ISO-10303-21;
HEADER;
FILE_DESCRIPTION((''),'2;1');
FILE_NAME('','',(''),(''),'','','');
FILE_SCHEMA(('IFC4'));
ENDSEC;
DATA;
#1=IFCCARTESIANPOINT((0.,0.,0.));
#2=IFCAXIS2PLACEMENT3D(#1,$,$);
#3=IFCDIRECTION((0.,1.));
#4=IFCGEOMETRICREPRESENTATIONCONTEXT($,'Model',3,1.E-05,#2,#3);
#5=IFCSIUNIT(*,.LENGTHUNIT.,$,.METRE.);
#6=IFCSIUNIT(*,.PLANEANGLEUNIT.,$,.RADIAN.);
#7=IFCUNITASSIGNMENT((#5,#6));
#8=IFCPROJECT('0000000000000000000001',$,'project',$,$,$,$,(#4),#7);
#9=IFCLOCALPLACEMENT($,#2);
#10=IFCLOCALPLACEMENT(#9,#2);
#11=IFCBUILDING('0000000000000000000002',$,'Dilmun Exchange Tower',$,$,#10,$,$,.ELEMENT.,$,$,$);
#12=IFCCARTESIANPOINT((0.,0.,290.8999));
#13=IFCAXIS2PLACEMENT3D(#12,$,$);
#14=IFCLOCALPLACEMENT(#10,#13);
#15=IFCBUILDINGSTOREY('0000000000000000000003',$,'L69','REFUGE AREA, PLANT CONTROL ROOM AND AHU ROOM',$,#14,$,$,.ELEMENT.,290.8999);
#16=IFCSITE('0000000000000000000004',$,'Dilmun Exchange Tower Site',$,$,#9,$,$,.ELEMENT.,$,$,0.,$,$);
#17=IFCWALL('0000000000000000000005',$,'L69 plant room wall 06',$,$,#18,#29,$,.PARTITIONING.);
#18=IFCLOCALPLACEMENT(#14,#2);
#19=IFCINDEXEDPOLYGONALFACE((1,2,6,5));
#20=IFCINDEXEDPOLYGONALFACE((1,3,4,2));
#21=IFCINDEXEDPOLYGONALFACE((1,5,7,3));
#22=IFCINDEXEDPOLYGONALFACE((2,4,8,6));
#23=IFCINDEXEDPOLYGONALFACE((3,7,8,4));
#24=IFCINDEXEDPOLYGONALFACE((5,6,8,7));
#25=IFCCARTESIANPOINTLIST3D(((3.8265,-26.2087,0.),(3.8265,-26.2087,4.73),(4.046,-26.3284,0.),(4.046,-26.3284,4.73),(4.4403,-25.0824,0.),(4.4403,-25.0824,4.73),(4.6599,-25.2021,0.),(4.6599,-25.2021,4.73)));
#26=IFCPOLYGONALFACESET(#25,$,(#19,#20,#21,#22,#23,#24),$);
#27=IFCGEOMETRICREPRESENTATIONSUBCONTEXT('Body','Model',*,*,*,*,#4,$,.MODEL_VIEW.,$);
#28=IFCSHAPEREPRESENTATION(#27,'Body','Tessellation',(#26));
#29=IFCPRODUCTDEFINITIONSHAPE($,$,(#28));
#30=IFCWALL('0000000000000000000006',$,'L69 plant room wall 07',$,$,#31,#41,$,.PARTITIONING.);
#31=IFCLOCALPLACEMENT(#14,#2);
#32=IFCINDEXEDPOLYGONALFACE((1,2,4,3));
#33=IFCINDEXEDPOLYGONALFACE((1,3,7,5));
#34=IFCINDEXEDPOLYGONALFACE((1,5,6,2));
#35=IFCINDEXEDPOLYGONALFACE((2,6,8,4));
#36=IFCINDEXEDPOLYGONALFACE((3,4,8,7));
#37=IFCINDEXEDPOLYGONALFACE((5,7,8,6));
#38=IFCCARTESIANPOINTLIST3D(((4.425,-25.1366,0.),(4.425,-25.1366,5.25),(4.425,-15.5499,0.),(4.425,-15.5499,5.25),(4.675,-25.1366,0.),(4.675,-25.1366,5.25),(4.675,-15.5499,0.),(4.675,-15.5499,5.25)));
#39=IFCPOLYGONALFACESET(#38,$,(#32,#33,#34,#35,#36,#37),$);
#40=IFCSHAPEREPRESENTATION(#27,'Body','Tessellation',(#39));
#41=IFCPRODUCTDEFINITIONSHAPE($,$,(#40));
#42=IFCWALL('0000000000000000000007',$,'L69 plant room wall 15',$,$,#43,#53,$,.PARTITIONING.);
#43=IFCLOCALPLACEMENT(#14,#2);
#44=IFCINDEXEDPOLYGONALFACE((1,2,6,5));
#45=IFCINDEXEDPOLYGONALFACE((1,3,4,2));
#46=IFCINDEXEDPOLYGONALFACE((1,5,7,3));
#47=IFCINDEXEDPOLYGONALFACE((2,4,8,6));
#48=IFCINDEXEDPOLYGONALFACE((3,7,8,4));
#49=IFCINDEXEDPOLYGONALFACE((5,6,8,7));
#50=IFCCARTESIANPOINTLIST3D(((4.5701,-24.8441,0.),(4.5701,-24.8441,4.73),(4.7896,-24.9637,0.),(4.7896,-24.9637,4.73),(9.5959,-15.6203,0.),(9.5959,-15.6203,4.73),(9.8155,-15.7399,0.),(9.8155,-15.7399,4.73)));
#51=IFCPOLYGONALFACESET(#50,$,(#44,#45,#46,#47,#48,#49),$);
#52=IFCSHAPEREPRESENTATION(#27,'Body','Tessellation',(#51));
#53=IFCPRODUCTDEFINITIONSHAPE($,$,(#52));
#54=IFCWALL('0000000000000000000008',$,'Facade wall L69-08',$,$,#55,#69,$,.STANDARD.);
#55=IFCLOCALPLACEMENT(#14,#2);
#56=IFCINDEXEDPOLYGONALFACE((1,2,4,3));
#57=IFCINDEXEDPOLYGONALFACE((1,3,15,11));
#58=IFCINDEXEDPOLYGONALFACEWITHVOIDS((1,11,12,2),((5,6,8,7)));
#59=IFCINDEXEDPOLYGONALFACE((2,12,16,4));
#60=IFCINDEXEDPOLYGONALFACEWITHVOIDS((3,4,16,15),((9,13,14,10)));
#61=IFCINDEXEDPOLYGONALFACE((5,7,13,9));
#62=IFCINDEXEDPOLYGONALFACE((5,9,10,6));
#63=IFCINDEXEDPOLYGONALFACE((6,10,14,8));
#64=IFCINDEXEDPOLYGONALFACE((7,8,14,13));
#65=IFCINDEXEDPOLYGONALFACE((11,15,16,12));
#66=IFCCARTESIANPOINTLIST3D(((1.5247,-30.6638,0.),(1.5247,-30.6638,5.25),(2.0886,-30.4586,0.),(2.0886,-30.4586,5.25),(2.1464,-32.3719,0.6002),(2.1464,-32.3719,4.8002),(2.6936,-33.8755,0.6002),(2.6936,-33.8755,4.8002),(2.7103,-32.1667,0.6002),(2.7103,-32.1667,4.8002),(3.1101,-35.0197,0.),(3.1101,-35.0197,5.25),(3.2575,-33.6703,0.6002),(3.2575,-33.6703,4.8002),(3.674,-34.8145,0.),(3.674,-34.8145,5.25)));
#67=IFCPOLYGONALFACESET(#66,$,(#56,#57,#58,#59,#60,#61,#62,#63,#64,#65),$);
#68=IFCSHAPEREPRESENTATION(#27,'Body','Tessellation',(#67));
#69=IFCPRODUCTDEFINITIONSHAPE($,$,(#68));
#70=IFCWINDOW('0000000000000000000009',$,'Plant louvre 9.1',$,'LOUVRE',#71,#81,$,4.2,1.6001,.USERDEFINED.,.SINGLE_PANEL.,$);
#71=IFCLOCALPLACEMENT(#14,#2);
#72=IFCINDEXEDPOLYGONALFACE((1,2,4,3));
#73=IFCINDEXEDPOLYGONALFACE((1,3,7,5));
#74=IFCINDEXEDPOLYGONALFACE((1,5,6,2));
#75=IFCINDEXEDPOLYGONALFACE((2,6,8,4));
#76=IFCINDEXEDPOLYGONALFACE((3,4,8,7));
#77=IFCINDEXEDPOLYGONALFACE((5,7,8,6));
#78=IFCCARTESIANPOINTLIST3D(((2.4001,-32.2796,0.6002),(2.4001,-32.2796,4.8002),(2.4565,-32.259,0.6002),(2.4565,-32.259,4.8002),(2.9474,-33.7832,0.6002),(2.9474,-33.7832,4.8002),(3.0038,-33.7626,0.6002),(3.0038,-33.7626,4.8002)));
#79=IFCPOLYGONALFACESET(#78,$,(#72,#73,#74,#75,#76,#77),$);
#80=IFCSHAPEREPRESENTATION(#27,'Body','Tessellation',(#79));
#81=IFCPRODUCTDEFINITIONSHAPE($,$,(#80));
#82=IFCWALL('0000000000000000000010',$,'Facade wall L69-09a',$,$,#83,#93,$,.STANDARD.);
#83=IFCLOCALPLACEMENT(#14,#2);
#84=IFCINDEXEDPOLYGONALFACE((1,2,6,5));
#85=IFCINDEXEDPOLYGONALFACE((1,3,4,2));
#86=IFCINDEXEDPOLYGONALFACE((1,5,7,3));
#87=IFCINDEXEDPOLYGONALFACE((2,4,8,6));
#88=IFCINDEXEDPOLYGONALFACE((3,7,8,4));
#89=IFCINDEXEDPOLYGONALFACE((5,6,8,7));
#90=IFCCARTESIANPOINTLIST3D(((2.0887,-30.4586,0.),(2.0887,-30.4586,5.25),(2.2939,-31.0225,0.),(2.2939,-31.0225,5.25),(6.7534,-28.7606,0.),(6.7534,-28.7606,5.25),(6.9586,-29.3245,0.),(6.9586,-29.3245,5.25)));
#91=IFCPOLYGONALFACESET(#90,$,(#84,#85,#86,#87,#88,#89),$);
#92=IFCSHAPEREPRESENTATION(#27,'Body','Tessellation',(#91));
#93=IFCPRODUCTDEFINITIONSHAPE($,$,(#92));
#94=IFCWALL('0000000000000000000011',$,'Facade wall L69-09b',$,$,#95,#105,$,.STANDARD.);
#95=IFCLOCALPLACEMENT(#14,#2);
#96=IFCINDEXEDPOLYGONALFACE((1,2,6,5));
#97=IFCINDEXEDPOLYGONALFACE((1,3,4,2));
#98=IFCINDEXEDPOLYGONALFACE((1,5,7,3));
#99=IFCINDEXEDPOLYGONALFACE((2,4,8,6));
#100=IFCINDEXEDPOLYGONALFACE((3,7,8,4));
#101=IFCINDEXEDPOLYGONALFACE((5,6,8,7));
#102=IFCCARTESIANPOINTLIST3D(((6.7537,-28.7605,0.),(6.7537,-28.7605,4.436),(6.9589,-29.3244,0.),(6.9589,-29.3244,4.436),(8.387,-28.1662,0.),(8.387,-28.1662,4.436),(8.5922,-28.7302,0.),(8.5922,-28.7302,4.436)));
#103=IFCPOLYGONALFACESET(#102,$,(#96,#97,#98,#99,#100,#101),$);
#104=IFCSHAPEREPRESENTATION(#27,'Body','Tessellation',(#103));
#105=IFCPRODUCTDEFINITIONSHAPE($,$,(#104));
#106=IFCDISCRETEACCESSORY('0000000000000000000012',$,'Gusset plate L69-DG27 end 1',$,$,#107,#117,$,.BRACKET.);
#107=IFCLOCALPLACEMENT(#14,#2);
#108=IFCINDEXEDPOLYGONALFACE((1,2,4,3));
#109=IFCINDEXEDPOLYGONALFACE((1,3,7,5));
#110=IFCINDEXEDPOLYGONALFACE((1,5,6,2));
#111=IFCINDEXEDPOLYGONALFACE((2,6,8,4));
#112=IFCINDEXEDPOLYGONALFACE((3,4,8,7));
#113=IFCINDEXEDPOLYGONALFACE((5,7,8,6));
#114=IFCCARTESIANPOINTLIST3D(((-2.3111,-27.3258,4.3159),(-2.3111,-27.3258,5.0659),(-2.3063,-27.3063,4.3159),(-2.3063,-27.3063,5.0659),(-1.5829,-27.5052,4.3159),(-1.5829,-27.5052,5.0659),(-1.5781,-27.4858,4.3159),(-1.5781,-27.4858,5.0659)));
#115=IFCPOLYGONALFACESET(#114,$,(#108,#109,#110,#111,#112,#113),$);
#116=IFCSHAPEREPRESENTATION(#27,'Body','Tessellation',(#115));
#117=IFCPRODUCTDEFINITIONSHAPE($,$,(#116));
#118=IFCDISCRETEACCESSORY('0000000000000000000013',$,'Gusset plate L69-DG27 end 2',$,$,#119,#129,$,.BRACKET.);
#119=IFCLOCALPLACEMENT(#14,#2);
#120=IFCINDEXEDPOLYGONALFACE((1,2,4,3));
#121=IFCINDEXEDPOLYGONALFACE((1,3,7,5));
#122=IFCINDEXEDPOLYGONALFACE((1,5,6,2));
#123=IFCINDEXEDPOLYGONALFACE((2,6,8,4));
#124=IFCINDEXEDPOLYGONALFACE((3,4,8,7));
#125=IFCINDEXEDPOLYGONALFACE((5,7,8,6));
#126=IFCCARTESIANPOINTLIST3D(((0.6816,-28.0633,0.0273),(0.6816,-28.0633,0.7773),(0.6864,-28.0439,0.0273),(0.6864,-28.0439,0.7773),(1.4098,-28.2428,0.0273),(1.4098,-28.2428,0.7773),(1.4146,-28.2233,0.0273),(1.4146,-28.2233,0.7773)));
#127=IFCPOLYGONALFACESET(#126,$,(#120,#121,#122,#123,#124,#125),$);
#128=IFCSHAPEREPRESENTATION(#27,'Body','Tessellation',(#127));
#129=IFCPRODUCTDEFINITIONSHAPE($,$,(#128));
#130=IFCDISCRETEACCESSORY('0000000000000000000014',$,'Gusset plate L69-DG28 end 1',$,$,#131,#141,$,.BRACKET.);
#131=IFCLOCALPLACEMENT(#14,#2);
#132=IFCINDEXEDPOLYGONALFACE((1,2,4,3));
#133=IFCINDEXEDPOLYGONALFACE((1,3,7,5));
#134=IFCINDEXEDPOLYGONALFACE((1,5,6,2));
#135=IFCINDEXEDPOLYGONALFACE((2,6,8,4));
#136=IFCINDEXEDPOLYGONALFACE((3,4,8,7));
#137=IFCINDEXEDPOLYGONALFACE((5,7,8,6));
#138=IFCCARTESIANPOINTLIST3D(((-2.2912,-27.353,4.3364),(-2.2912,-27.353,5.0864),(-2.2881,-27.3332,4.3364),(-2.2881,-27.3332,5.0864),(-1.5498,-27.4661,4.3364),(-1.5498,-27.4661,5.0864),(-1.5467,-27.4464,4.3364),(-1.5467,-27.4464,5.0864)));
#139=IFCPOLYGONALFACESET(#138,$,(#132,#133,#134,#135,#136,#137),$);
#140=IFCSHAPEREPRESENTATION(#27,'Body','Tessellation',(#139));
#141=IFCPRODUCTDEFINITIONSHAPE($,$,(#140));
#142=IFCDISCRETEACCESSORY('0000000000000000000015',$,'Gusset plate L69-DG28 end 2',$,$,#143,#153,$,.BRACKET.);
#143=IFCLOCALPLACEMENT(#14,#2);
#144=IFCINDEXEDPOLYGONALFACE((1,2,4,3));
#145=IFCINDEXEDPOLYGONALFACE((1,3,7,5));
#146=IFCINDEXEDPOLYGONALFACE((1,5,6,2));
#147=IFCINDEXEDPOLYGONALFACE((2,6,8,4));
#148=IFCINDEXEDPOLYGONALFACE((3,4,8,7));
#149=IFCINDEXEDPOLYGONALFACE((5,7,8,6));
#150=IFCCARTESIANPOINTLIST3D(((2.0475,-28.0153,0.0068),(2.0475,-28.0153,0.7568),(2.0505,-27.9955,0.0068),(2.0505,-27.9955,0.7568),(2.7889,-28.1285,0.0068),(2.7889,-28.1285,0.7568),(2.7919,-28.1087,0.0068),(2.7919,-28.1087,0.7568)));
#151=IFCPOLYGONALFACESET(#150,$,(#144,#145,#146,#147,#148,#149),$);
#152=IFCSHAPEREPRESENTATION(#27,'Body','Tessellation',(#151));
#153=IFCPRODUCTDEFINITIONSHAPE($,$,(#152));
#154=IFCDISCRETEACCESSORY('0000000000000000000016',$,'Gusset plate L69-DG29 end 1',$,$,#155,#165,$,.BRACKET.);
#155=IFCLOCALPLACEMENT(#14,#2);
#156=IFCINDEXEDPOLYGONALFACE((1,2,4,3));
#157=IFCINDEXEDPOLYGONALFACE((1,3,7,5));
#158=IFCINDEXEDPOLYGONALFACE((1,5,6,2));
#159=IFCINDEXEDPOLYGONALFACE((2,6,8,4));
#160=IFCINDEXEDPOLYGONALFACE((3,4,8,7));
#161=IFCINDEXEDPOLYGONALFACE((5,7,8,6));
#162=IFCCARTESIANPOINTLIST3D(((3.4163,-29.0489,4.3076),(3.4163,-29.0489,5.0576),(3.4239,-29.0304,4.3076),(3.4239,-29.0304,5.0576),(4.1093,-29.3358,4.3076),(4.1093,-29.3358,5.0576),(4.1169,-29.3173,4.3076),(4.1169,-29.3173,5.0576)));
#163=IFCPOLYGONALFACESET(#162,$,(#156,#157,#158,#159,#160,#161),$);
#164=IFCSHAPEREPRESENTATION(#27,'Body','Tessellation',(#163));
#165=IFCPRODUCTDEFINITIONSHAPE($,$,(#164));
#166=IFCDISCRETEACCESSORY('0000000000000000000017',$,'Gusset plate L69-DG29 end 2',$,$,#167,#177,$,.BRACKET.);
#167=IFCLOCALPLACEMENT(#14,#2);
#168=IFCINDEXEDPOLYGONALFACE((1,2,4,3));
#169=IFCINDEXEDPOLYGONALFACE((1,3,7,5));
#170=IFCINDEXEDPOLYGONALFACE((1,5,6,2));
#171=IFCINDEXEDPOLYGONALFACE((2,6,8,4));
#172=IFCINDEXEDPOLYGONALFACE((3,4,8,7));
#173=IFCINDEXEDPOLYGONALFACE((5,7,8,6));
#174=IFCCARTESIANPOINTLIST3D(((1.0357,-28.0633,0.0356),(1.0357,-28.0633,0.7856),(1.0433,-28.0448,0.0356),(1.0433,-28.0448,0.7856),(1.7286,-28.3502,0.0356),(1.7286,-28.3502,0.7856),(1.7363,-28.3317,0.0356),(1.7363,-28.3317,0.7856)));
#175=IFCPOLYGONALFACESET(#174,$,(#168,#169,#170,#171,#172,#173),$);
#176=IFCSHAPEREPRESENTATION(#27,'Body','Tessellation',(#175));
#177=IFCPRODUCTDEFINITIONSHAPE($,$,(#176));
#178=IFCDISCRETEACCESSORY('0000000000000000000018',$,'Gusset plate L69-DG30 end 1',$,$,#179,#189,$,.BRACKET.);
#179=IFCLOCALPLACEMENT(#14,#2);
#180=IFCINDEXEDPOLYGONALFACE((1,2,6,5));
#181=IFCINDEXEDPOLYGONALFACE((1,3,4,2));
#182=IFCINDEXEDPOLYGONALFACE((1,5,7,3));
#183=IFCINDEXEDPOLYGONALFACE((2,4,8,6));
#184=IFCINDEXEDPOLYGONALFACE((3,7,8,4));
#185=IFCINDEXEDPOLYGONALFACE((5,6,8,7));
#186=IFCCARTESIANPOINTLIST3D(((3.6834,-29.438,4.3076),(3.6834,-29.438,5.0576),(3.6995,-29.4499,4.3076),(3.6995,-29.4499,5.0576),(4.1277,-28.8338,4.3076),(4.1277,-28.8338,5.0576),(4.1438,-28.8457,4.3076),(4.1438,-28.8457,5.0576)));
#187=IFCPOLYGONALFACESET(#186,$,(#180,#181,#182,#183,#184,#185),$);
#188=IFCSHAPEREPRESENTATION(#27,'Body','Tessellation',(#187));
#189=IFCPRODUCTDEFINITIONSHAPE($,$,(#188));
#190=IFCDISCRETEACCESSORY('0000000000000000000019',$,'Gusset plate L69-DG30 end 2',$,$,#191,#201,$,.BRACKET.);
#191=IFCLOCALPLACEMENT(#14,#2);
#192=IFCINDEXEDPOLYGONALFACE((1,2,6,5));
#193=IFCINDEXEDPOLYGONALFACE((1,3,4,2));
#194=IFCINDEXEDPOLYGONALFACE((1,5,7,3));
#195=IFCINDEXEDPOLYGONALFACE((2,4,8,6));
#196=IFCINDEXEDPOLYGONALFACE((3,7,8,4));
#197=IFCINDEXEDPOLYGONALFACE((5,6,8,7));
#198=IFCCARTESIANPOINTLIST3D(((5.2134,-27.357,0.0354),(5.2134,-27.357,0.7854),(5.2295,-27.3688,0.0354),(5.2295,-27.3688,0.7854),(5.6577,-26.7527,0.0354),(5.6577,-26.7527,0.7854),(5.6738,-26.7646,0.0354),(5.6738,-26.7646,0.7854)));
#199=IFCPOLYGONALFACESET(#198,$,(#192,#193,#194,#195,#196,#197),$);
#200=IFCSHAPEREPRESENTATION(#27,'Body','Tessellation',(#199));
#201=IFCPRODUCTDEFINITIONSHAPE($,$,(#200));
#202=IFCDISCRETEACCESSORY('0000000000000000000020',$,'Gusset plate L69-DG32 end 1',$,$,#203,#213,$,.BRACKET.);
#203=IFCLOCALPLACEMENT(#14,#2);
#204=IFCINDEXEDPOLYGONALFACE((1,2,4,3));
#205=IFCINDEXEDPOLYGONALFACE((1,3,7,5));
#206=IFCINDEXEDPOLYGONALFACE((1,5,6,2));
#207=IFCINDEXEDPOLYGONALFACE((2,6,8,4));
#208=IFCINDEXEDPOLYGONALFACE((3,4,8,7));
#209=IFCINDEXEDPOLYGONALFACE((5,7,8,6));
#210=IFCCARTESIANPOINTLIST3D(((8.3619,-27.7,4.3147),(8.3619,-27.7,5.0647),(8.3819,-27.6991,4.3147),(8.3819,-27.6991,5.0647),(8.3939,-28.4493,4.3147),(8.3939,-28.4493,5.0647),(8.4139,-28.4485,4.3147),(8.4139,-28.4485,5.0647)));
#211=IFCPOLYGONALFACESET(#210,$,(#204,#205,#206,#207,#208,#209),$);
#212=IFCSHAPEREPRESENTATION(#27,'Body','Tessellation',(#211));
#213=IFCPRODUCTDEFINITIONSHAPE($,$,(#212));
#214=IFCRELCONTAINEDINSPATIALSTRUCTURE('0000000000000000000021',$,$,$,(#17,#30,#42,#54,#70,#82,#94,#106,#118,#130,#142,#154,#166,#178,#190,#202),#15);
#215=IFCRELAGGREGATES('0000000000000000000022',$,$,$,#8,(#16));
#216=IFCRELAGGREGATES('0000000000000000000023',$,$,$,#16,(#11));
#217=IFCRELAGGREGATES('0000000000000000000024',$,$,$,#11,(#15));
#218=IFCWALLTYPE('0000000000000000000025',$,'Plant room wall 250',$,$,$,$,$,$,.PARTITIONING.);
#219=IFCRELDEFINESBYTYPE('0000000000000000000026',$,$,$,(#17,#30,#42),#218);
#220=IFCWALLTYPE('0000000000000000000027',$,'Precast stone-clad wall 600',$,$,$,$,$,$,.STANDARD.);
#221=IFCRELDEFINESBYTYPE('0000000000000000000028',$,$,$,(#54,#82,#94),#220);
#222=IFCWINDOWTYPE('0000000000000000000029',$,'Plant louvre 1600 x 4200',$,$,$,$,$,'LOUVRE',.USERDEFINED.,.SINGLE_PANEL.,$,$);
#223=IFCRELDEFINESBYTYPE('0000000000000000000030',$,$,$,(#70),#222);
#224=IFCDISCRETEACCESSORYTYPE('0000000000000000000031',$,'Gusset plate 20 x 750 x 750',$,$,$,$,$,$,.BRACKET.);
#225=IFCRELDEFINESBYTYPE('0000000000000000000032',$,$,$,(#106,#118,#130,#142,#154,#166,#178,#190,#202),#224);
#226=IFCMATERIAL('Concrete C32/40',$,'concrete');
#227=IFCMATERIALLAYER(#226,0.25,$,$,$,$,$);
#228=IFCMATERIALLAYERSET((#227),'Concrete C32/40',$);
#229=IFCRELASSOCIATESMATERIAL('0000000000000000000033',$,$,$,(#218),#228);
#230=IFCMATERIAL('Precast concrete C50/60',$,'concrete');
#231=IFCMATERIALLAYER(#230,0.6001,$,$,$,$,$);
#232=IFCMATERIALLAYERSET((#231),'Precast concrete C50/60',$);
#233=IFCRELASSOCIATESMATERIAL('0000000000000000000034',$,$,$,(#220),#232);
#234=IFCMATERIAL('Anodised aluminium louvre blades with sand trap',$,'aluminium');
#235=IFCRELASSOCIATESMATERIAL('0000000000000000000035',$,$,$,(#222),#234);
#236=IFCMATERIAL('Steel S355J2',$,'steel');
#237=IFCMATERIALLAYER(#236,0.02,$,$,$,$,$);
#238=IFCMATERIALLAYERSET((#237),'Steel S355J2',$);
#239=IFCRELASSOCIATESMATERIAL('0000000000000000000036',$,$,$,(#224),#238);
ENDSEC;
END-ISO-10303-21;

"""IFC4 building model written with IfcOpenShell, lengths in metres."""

from ifc_helpers import new_model, si_unit, direction, frame, frame_2d, origin, origin_2d, place, context, subcontext, project, spatial, rectangle, extrude, material, layer, layer_set, type_object, element, fill, save


model = new_model("IFC4")

# Units and contexts
model_context = context("Model", 3, precision=1e-05, world=origin(), true_north=direction((0.0, 1.0)))
body_context = subcontext(model_context, "Body", "Model", "MODEL_VIEW")
ifc_project = project(units=[si_unit("LENGTHUNIT", "METRE"), si_unit("PLANEANGLEUNIT", "RADIAN")], contexts=[model_context])

# Site, building, storey
site_placement = place(None, origin())
site = spatial("IfcSite", under=ifc_project, at=site_placement, Name="Dilmun Exchange Tower Site", CompositionType="ELEMENT", RefElevation=0.0)
building_placement = place(site_placement, origin())
building = spatial("IfcBuilding", under=site, at=building_placement, Name="Dilmun Exchange Tower", CompositionType="ELEMENT")
storey_placement = place(building_placement, frame((0.0, 0.0, 290.8999)))
storey = spatial("IfcBuildingStorey", under=building, at=storey_placement, Name="L69", Description="REFUGE AREA, PLANT CONTROL ROOM AND AHU ROOM", CompositionType="ELEMENT", Elevation=290.8999)

# Walls
ifc_material_1 = material(Name="Concrete C32/40", Category="concrete")
ifc_layer_1 = layer(ifc_material_1, 0.25)
ifc_layer_set_1 = layer_set([ifc_layer_1], Name="Concrete C32/40")
wall_type_1 = type_object("IfcWallType", Name="Plant room wall 250", PredefinedType="PARTITIONING", material=ifc_layer_set_1)
wall_1_placement = place(storey_placement, frame((3.9363, -26.2686, 0.0), z_axis=(0.0, 0.0, 1.0), x_axis=(0.478532, 0.87807, 0.0)))
element("IfcWall", 1, at=wall_1_placement, inside=storey, type_object=wall_type_1, Name="L69 plant room wall 06", PredefinedType="PARTITIONING", context=body_context, shape_type="SweptSolid", body=[
    extrude(rectangle(XDim=1.2827, YDim=0.25, at=frame_2d((0.6414, 0.0))), origin(), (0.0, 0.0, 1.0), 4.73),
])
wall_2_placement = place(storey_placement, frame((4.55, -25.1367, 0.0), z_axis=(0.0, 0.0, 1.0), x_axis=(0.0, 1.0, 0.0)))
element("IfcWall", 2, at=wall_2_placement, inside=storey, type_object=wall_type_1, Name="L69 plant room wall 07", PredefinedType="PARTITIONING", context=body_context, shape_type="SweptSolid", body=[
    extrude(rectangle(XDim=9.5867, YDim=0.25, at=frame_2d((4.7935, 0.0))), origin(), (0.0, 0.0, 1.0), 5.25),
])
wall_3_placement = place(storey_placement, frame((4.6799, -24.9038, 0.0), z_axis=(0.0, 0.0, 1.0), x_axis=(0.478461, 0.878109, 0.0)))
element("IfcWall", 3, at=wall_3_placement, inside=storey, type_object=wall_type_1, Name="L69 plant room wall 15", PredefinedType="PARTITIONING", context=body_context, shape_type="SweptSolid", body=[
    extrude(rectangle(XDim=10.5042, YDim=0.25, at=frame_2d((5.252, 0.0))), origin(), (0.0, 0.0, 1.0), 4.73),
])

# Wall, opening, window
ifc_material_2 = material(Name="Precast concrete C50/60", Category="concrete")
ifc_layer_2 = layer(ifc_material_2, 0.6001)
ifc_layer_set_2 = layer_set([ifc_layer_2], Name="Precast concrete C50/60")
wall_type_2 = type_object("IfcWallType", Name="Precast stone-clad wall 600", PredefinedType="STANDARD", material=ifc_layer_set_2)
wall_4_placement = place(storey_placement, frame((3.3921, -34.9172, 0.0), z_axis=(0.0, 0.0, 1.0), x_axis=(-0.342022, 0.939692, 0.0)))
wall_4 = element("IfcWall", 4, at=wall_4_placement, inside=storey, type_object=wall_type_2, Name="Facade wall L69-08", PredefinedType="STANDARD", context=body_context, shape_type="SweptSolid", body=[
    extrude(rectangle(XDim=4.6355, YDim=0.6001, at=frame_2d((2.3179, 0.0))), origin(), (0.0, 0.0, 1.0), 5.25),
])
opening_placement = place(wall_4_placement, frame((1.2178, 0.0, 0.6001)))
opening = element("IfcOpeningElement", 5, at=opening_placement, cuts=wall_4, PredefinedType="OPENING", context=body_context, shape_type="SweptSolid", body=[
    extrude(rectangle(XDim=1.6001, YDim=4.2, at=frame_2d((0.8, 2.1001))), frame((0.0, 0.3101, 0.0), z_axis=(0.0, -1.0, 0.0), x_axis=(1.0, 0.0, 0.0)), (0.0, 0.0, 1.0), 0.6201),
])
ifc_material_3 = material(Name="Anodised aluminium louvre blades with sand trap", Category="aluminium")
window_type = type_object("IfcWindowType", Name="Plant louvre 1600 x 4200", ElementType="LOUVRE", PartitioningType="SINGLE_PANEL", PredefinedType="USERDEFINED", material=ifc_material_3)
window_placement = place(opening_placement, origin())
window = element("IfcWindow", 6, at=window_placement, inside=storey, type_object=window_type, Name="Plant louvre 9.1", ObjectType="LOUVRE", OverallHeight=4.2, OverallWidth=1.6001, PartitioningType="SINGLE_PANEL", PredefinedType="USERDEFINED", context=body_context, shape_type="SweptSolid", body=[
    extrude(rectangle(XDim=1.6001, YDim=4.2, at=frame_2d((0.8, 2.1001))), frame((0.0, 0.03, 0.0), z_axis=(0.0, -1.0, 0.0), x_axis=(1.0, 0.0, 0.0)), (0.0, 0.0, 1.0), 0.0601),
])
fill(opening, window)

# Walls
wall_5_placement = place(storey_placement, frame((2.1914, -30.7405, 0.0), z_axis=(0.0, 0.0, 1.0), x_axis=(0.939683, 0.342047, 0.0)))
element("IfcWall", 7, at=wall_5_placement, inside=storey, type_object=wall_type_2, Name="Facade wall L69-09a", PredefinedType="STANDARD", context=body_context, shape_type="SweptSolid", body=[
    extrude(rectangle(XDim=4.9641, YDim=0.6001, at=frame_2d((2.4819, 0.0))), origin(), (0.0, 0.0, 1.0), 5.25),
])
wall_6_placement = place(storey_placement, frame((6.8562, -29.0425, 0.0), z_axis=(0.0, 0.0, 1.0), x_axis=(0.939736, 0.341901, 0.0)))
element("IfcWall", 8, at=wall_6_placement, inside=storey, type_object=wall_type_2, Name="Facade wall L69-09b", PredefinedType="STANDARD", context=body_context, shape_type="SweptSolid", body=[
    extrude(rectangle(XDim=1.738, YDim=0.6001, at=frame_2d((0.8691, 0.0))), origin(), (0.0, 0.0, 1.0), 4.436),
])

# Discrete accessories
ifc_material_4 = material(Name="Steel S355J2", Category="steel")
ifc_layer_3 = layer(ifc_material_4, 0.02)
ifc_layer_set_3 = layer_set([ifc_layer_3], Name="Steel S355J2")
discrete_accessory_type = type_object("IfcDiscreteAccessoryType", Name="Gusset plate 20 x 750 x 750", PredefinedType="BRACKET", material=ifc_layer_set_3)
for number, where, z_axis, x_axis, name in (
    (9, (-1.9446, -27.4058, 4.3159), (0.0, 0.0, 1.0), (0.970953, -0.239271, 0.0), "Gusset plate L69-DG27 end 1"),
    (10, (1.0481, -28.1433, 0.0273), (0.0, 0.0, 1.0), (0.970953, -0.239271, 0.0), "Gusset plate L69-DG27 end 2"),
    (11, (-1.9189, -27.3997, 4.3364), (0.0, 0.0, 1.0), (0.988546, -0.150923, 0.0), "Gusset plate L69-DG28 end 1"),
    (12, (2.4197, -28.062, 0.0068), (0.0, 0.0, 1.0), (0.988546, -0.150923, 0.0), "Gusset plate L69-DG28 end 2"),
    (13, (3.7666, -29.1831, 4.3076), (0.0, 0.0, 1.0), (-0.923966, 0.382474, 0.0), "Gusset plate L69-DG29 end 1"),
    (14, (1.386, -28.1975, 0.0356), (0.0, 0.0, 1.0), (-0.923966, 0.382474, 0.0), "Gusset plate L69-DG29 end 2"),
    (15, (3.9136, -29.1418, 4.3076), (0.0, 0.0, 1.0), (0.592386, 0.805654, 0.0), "Gusset plate L69-DG30 end 1"),
    (16, (5.4436, -27.0608, 0.0354), (0.0, 0.0, 1.0), (0.592386, 0.805654, 0.0), "Gusset plate L69-DG30 end 2"),
    (17, (8.3879, -28.0742, 4.3147), (0.0, 0.0, 1.0), (-0.042659, 0.99909, 0.0), "Gusset plate L69-DG32 end 1"),
):
    element("IfcDiscreteAccessory", number, at=place(storey_placement, frame(where, z_axis=z_axis, x_axis=x_axis)), inside=storey, type_object=discrete_accessory_type, Name=name, PredefinedType="BRACKET", context=body_context, shape_type="SweptSolid", body=[
        extrude(rectangle(XDim=0.75, YDim=0.02, at=origin_2d()), origin(), (0.0, 0.0, 1.0), 0.75),
    ])

save(model, "model.ifc")
